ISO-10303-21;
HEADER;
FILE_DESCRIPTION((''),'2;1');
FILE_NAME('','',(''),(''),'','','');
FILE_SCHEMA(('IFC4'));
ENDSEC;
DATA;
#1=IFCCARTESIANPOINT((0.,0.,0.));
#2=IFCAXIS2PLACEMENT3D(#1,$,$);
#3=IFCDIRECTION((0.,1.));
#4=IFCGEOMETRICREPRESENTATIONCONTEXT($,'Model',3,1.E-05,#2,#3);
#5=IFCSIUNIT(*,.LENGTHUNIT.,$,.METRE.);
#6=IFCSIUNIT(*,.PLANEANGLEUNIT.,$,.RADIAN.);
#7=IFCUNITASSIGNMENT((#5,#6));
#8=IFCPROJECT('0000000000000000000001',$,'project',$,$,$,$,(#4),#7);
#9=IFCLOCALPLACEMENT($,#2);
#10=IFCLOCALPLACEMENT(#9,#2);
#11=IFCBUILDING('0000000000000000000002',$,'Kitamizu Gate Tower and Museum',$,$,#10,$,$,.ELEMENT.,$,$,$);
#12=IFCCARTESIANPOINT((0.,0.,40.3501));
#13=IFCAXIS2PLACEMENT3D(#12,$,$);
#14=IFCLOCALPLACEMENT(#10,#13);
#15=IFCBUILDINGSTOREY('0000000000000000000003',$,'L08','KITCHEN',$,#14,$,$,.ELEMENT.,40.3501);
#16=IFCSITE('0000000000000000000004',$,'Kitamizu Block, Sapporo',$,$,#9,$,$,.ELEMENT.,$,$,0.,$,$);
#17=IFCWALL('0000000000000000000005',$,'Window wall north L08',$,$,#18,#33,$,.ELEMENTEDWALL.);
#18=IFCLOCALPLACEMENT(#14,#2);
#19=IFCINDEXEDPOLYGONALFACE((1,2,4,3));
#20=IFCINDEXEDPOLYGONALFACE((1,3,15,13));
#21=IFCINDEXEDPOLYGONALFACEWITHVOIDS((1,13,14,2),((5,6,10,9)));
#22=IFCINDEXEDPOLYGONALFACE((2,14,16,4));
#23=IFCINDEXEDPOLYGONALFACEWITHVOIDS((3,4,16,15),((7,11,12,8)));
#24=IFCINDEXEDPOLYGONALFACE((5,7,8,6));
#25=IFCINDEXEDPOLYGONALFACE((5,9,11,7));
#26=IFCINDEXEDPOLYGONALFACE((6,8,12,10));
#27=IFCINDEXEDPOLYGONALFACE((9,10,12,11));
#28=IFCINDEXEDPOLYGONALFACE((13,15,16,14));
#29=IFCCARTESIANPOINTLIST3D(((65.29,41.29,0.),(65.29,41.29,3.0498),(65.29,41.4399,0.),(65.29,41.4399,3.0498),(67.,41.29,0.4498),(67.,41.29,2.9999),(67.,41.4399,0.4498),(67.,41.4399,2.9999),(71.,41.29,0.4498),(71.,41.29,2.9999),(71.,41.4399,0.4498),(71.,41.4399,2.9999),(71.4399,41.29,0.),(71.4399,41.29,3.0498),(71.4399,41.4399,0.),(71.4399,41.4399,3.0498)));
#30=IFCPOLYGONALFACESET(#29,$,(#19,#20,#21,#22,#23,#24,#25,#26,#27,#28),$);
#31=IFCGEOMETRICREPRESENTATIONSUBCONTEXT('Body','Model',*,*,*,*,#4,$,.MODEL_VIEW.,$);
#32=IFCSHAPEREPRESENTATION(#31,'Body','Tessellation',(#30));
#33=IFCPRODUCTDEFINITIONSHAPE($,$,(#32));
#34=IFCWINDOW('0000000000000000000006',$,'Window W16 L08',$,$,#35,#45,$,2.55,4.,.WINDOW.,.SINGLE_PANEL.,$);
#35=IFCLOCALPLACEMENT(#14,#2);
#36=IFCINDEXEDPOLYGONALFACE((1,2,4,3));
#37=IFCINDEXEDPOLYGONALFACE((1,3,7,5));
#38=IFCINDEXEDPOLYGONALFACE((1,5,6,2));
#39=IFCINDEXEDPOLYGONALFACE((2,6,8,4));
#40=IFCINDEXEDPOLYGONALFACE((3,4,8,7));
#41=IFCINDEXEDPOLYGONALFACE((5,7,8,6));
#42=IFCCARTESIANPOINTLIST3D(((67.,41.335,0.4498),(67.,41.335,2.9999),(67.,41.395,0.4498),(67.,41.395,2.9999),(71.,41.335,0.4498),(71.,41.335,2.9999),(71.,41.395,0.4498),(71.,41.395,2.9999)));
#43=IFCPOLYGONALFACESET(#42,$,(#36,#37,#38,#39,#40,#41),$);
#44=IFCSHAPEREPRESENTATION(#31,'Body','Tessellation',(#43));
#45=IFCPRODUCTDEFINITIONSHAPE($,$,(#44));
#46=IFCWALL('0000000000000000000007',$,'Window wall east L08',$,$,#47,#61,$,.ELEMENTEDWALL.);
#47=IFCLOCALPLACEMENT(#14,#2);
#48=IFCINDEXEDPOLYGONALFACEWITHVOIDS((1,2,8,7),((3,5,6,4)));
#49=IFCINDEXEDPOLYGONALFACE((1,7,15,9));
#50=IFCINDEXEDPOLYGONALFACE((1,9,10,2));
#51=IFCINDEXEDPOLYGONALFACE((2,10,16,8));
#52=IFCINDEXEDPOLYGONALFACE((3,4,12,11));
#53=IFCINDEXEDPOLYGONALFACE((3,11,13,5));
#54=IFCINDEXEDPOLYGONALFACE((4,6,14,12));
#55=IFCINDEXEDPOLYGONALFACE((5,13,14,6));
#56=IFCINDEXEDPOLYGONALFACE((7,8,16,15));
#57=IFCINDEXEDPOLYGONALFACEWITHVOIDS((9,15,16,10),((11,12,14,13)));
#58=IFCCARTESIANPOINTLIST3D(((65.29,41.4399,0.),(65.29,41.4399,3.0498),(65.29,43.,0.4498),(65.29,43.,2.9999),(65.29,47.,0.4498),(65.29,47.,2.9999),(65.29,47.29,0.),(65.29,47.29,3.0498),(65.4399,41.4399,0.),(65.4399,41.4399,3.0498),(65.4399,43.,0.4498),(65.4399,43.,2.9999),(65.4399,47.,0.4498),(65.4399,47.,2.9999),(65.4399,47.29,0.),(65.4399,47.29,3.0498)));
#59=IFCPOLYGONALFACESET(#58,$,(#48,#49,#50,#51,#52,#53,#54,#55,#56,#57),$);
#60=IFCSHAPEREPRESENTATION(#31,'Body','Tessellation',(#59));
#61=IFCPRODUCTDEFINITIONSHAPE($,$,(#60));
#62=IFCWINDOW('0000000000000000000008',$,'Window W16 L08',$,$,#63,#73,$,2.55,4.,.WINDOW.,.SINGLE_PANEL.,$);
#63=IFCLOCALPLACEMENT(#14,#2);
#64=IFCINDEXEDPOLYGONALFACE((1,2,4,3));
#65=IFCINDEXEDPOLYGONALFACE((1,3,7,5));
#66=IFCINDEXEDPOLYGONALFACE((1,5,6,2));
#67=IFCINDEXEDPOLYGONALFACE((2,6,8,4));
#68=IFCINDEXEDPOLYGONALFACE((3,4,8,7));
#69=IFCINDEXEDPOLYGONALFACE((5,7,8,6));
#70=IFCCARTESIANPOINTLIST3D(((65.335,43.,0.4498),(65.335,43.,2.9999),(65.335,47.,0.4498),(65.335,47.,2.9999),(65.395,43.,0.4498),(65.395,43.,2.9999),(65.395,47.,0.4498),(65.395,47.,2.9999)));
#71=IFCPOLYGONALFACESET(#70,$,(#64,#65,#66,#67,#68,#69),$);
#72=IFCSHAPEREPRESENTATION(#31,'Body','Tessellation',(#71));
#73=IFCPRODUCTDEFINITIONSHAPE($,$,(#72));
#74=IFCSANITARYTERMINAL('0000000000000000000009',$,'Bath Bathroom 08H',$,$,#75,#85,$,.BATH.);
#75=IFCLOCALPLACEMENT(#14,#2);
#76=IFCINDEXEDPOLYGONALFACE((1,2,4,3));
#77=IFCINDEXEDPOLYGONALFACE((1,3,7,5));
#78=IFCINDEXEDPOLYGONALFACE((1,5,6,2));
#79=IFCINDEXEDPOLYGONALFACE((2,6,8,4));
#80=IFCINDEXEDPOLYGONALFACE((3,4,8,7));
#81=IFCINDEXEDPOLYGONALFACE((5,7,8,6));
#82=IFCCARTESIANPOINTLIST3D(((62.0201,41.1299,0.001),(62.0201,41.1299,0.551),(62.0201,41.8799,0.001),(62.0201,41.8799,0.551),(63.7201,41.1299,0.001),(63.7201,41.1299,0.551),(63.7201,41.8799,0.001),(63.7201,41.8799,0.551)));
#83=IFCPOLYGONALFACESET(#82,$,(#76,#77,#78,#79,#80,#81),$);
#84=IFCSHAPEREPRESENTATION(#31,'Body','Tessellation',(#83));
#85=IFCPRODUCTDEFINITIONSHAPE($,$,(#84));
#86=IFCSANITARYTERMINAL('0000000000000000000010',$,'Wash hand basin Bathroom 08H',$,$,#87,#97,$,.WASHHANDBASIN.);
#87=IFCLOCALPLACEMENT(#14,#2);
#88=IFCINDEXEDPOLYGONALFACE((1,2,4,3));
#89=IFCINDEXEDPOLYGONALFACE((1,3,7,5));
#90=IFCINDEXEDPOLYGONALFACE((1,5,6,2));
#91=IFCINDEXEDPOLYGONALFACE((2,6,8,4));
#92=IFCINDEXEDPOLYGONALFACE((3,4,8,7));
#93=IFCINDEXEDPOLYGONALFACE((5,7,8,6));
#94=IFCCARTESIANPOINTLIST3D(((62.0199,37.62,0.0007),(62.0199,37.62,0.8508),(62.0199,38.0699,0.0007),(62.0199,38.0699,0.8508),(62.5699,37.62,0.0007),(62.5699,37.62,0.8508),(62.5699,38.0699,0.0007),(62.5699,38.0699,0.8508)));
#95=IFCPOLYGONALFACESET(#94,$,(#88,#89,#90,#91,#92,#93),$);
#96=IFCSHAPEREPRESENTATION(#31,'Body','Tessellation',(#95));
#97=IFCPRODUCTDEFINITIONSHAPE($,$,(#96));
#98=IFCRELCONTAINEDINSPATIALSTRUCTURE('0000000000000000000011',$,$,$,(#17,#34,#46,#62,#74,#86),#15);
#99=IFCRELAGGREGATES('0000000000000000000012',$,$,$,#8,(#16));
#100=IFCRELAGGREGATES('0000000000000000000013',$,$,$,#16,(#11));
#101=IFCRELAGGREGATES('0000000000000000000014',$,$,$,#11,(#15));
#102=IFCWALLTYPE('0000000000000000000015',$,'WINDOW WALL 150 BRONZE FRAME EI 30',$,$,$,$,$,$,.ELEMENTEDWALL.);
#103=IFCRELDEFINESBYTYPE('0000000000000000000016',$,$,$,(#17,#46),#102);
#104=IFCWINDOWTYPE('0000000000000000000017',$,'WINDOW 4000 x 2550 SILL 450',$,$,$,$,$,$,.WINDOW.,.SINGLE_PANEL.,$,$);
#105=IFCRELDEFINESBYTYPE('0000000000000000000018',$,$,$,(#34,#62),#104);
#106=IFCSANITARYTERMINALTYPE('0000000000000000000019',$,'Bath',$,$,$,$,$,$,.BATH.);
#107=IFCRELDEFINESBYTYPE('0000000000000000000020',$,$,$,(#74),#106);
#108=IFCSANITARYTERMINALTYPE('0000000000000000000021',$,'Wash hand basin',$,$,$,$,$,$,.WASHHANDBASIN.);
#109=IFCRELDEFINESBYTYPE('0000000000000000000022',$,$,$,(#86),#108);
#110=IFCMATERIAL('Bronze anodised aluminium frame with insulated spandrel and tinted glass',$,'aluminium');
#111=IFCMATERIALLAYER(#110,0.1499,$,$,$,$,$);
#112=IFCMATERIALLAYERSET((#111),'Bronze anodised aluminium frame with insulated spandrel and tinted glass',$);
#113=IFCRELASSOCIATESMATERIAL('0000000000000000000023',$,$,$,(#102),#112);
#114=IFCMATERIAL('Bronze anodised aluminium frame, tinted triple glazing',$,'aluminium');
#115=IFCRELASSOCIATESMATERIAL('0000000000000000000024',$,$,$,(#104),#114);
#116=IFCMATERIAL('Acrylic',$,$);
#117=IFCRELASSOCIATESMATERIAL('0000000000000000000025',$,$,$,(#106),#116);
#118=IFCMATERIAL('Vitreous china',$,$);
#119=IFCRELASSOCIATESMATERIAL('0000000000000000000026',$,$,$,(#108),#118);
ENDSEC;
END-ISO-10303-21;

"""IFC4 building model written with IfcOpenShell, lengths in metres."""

from ifc_helpers import new_model, si_unit, direction, frame, frame_2d, origin, origin_2d, place, context, subcontext, project, spatial, rectangle, extrude, material, layer, layer_set, type_object, element, fill, save


model = new_model("IFC4")

# Units and contexts
model_context = context("Model", 3, precision=1e-05, world=origin(), true_north=direction((0.0, 1.0)))
body_context = subcontext(model_context, "Body", "Model", "MODEL_VIEW")
ifc_project = project(units=[si_unit("LENGTHUNIT", "METRE"), si_unit("PLANEANGLEUNIT", "RADIAN")], contexts=[model_context])

# Site, building, storey
site_placement = place(None, origin())
site = spatial("IfcSite", under=ifc_project, at=site_placement, Name="Kitamizu Block, Sapporo", CompositionType="ELEMENT", RefElevation=0.0)
building_placement = place(site_placement, origin())
building = spatial("IfcBuilding", under=site, at=building_placement, Name="Kitamizu Gate Tower and Museum", CompositionType="ELEMENT")
storey_placement = place(building_placement, frame((0.0, 0.0, 40.3501)))
storey = spatial("IfcBuildingStorey", under=building, at=storey_placement, Name="L08", Description="KITCHEN", CompositionType="ELEMENT", Elevation=40.3501)

# Walls, openings, windows
ifc_material_1 = material(Name="Bronze anodised aluminium frame with insulated spandrel and tinted glass", Category="aluminium")
ifc_layer_1 = layer(ifc_material_1, 0.1499)
ifc_layer_set_1 = layer_set([ifc_layer_1], Name="Bronze anodised aluminium frame with insulated spandrel and tinted glass")
wall_type_1 = type_object("IfcWallType", Name="WINDOW WALL 150 BRONZE FRAME EI 30", PredefinedType="ELEMENTEDWALL", material=ifc_layer_set_1)
wall_1_placement = place(storey_placement, frame((65.29, 41.365, 0.0), z_axis=(0.0, 0.0, 1.0), x_axis=(1.0, 0.0, 0.0)))
wall_1 = element("IfcWall", 1, at=wall_1_placement, inside=storey, type_object=wall_type_1, Name="Window wall north L08", PredefinedType="ELEMENTEDWALL", context=body_context, shape_type="SweptSolid", body=[
    extrude(rectangle(XDim=6.1499, YDim=0.1499, at=frame_2d((3.075, 0.0))), origin(), (0.0, 0.0, 1.0), 3.0498),
])
opening_1_placement = place(wall_1_placement, frame((1.71, 0.0, 0.45)))
opening_1 = element("IfcOpeningElement", 2, at=opening_1_placement, cuts=wall_1, PredefinedType="OPENING", context=body_context, shape_type="SweptSolid", body=[
    extrude(rectangle(XDim=4.0, YDim=2.55, at=frame_2d((2.0, 1.2749))), frame((0.0, 0.085, 0.0), z_axis=(0.0, -1.0, 0.0), x_axis=(1.0, 0.0, 0.0)), (0.0, 0.0, 1.0), 0.1699),
])
ifc_material_2 = material(Name="Bronze anodised aluminium frame, tinted triple glazing", Category="aluminium")
window_type = type_object("IfcWindowType", Name="WINDOW 4000 x 2550 SILL 450", PartitioningType="SINGLE_PANEL", PredefinedType="WINDOW", material=ifc_material_2)
window_1_placement = place(opening_1_placement, origin())
window_1 = element("IfcWindow", 3, at=window_1_placement, inside=storey, type_object=window_type, Name="Window W16 L08", OverallHeight=2.55, OverallWidth=4.0, PartitioningType="SINGLE_PANEL", PredefinedType="WINDOW", context=body_context, shape_type="SweptSolid", body=[
    extrude(rectangle(XDim=4.0, YDim=2.55, at=frame_2d((2.0, 1.2749))), frame((0.0, 0.03, 0.0), z_axis=(0.0, -1.0, 0.0), x_axis=(1.0, 0.0, 0.0)), (0.0, 0.0, 1.0), 0.0601),
])
fill(opening_1, window_1)
wall_2_placement = place(storey_placement, frame((65.365, 41.4399, 0.0), z_axis=(0.0, 0.0, 1.0), x_axis=(0.0, 1.0, 0.0)))
wall_2 = element("IfcWall", 4, at=wall_2_placement, inside=storey, type_object=wall_type_1, Name="Window wall east L08", PredefinedType="ELEMENTEDWALL", context=body_context, shape_type="SweptSolid", body=[
    extrude(rectangle(XDim=5.8501, YDim=0.1499, at=frame_2d((2.925, 0.0))), origin(), (0.0, 0.0, 1.0), 3.0498),
])
opening_2_placement = place(wall_2_placement, frame((1.5601, 0.0, 0.45)))
opening_2 = element("IfcOpeningElement", 5, at=opening_2_placement, cuts=wall_2, PredefinedType="OPENING", context=body_context, shape_type="SweptSolid", body=[
    extrude(rectangle(XDim=4.0, YDim=2.55, at=frame_2d((2.0, 1.2749))), frame((0.0, 0.085, 0.0), z_axis=(0.0, -1.0, 0.0), x_axis=(1.0, 0.0, 0.0)), (0.0, 0.0, 1.0), 0.1699),
])
window_2_placement = place(opening_2_placement, origin())
window_2 = element("IfcWindow", 6, at=window_2_placement, inside=storey, type_object=window_type, Name="Window W16 L08", OverallHeight=2.55, OverallWidth=4.0, PartitioningType="SINGLE_PANEL", PredefinedType="WINDOW", context=body_context, shape_type="SweptSolid", body=[
    extrude(rectangle(XDim=4.0, YDim=2.55, at=frame_2d((2.0, 1.2749))), frame((0.0, 0.03, 0.0), z_axis=(0.0, -1.0, 0.0), x_axis=(1.0, 0.0, 0.0)), (0.0, 0.0, 1.0), 0.0601),
])
fill(opening_2, window_2)

# Sanitary terminals
ifc_material_3 = material(Name="Acrylic")
sanitary_terminal_type_1 = type_object("IfcSanitaryTerminalType", Name="Bath", PredefinedType="BATH", material=ifc_material_3)
sanitary_terminal_1_placement = place(storey_placement, frame((62.8701, 41.5049, 0.001), z_axis=(0.0, 0.0, 1.0), x_axis=(1.0, 0.0, 0.0)))
element("IfcSanitaryTerminal", 7, at=sanitary_terminal_1_placement, inside=storey, type_object=sanitary_terminal_type_1, Name="Bath Bathroom 08H", PredefinedType="BATH", context=body_context, shape_type="SweptSolid", body=[
    extrude(rectangle(XDim=1.7, YDim=0.75, at=origin_2d()), origin(), (0.0, 0.0, 1.0), 0.55),
])
ifc_material_4 = material(Name="Vitreous china")
sanitary_terminal_type_2 = type_object("IfcSanitaryTerminalType", Name="Wash hand basin", PredefinedType="WASHHANDBASIN", material=ifc_material_4)
sanitary_terminal_2_placement = place(storey_placement, frame((62.2949, 37.845, 0.0007), z_axis=(0.0, 0.0, 1.0), x_axis=(1.0, 0.0, 0.0)))
element("IfcSanitaryTerminal", 8, at=sanitary_terminal_2_placement, inside=storey, type_object=sanitary_terminal_type_2, Name="Wash hand basin Bathroom 08H", PredefinedType="WASHHANDBASIN", context=body_context, shape_type="SweptSolid", body=[
    extrude(rectangle(XDim=0.55, YDim=0.45, at=origin_2d()), origin(), (0.0, 0.0, 1.0), 0.8501),
])

save(model, "model.ifc")
